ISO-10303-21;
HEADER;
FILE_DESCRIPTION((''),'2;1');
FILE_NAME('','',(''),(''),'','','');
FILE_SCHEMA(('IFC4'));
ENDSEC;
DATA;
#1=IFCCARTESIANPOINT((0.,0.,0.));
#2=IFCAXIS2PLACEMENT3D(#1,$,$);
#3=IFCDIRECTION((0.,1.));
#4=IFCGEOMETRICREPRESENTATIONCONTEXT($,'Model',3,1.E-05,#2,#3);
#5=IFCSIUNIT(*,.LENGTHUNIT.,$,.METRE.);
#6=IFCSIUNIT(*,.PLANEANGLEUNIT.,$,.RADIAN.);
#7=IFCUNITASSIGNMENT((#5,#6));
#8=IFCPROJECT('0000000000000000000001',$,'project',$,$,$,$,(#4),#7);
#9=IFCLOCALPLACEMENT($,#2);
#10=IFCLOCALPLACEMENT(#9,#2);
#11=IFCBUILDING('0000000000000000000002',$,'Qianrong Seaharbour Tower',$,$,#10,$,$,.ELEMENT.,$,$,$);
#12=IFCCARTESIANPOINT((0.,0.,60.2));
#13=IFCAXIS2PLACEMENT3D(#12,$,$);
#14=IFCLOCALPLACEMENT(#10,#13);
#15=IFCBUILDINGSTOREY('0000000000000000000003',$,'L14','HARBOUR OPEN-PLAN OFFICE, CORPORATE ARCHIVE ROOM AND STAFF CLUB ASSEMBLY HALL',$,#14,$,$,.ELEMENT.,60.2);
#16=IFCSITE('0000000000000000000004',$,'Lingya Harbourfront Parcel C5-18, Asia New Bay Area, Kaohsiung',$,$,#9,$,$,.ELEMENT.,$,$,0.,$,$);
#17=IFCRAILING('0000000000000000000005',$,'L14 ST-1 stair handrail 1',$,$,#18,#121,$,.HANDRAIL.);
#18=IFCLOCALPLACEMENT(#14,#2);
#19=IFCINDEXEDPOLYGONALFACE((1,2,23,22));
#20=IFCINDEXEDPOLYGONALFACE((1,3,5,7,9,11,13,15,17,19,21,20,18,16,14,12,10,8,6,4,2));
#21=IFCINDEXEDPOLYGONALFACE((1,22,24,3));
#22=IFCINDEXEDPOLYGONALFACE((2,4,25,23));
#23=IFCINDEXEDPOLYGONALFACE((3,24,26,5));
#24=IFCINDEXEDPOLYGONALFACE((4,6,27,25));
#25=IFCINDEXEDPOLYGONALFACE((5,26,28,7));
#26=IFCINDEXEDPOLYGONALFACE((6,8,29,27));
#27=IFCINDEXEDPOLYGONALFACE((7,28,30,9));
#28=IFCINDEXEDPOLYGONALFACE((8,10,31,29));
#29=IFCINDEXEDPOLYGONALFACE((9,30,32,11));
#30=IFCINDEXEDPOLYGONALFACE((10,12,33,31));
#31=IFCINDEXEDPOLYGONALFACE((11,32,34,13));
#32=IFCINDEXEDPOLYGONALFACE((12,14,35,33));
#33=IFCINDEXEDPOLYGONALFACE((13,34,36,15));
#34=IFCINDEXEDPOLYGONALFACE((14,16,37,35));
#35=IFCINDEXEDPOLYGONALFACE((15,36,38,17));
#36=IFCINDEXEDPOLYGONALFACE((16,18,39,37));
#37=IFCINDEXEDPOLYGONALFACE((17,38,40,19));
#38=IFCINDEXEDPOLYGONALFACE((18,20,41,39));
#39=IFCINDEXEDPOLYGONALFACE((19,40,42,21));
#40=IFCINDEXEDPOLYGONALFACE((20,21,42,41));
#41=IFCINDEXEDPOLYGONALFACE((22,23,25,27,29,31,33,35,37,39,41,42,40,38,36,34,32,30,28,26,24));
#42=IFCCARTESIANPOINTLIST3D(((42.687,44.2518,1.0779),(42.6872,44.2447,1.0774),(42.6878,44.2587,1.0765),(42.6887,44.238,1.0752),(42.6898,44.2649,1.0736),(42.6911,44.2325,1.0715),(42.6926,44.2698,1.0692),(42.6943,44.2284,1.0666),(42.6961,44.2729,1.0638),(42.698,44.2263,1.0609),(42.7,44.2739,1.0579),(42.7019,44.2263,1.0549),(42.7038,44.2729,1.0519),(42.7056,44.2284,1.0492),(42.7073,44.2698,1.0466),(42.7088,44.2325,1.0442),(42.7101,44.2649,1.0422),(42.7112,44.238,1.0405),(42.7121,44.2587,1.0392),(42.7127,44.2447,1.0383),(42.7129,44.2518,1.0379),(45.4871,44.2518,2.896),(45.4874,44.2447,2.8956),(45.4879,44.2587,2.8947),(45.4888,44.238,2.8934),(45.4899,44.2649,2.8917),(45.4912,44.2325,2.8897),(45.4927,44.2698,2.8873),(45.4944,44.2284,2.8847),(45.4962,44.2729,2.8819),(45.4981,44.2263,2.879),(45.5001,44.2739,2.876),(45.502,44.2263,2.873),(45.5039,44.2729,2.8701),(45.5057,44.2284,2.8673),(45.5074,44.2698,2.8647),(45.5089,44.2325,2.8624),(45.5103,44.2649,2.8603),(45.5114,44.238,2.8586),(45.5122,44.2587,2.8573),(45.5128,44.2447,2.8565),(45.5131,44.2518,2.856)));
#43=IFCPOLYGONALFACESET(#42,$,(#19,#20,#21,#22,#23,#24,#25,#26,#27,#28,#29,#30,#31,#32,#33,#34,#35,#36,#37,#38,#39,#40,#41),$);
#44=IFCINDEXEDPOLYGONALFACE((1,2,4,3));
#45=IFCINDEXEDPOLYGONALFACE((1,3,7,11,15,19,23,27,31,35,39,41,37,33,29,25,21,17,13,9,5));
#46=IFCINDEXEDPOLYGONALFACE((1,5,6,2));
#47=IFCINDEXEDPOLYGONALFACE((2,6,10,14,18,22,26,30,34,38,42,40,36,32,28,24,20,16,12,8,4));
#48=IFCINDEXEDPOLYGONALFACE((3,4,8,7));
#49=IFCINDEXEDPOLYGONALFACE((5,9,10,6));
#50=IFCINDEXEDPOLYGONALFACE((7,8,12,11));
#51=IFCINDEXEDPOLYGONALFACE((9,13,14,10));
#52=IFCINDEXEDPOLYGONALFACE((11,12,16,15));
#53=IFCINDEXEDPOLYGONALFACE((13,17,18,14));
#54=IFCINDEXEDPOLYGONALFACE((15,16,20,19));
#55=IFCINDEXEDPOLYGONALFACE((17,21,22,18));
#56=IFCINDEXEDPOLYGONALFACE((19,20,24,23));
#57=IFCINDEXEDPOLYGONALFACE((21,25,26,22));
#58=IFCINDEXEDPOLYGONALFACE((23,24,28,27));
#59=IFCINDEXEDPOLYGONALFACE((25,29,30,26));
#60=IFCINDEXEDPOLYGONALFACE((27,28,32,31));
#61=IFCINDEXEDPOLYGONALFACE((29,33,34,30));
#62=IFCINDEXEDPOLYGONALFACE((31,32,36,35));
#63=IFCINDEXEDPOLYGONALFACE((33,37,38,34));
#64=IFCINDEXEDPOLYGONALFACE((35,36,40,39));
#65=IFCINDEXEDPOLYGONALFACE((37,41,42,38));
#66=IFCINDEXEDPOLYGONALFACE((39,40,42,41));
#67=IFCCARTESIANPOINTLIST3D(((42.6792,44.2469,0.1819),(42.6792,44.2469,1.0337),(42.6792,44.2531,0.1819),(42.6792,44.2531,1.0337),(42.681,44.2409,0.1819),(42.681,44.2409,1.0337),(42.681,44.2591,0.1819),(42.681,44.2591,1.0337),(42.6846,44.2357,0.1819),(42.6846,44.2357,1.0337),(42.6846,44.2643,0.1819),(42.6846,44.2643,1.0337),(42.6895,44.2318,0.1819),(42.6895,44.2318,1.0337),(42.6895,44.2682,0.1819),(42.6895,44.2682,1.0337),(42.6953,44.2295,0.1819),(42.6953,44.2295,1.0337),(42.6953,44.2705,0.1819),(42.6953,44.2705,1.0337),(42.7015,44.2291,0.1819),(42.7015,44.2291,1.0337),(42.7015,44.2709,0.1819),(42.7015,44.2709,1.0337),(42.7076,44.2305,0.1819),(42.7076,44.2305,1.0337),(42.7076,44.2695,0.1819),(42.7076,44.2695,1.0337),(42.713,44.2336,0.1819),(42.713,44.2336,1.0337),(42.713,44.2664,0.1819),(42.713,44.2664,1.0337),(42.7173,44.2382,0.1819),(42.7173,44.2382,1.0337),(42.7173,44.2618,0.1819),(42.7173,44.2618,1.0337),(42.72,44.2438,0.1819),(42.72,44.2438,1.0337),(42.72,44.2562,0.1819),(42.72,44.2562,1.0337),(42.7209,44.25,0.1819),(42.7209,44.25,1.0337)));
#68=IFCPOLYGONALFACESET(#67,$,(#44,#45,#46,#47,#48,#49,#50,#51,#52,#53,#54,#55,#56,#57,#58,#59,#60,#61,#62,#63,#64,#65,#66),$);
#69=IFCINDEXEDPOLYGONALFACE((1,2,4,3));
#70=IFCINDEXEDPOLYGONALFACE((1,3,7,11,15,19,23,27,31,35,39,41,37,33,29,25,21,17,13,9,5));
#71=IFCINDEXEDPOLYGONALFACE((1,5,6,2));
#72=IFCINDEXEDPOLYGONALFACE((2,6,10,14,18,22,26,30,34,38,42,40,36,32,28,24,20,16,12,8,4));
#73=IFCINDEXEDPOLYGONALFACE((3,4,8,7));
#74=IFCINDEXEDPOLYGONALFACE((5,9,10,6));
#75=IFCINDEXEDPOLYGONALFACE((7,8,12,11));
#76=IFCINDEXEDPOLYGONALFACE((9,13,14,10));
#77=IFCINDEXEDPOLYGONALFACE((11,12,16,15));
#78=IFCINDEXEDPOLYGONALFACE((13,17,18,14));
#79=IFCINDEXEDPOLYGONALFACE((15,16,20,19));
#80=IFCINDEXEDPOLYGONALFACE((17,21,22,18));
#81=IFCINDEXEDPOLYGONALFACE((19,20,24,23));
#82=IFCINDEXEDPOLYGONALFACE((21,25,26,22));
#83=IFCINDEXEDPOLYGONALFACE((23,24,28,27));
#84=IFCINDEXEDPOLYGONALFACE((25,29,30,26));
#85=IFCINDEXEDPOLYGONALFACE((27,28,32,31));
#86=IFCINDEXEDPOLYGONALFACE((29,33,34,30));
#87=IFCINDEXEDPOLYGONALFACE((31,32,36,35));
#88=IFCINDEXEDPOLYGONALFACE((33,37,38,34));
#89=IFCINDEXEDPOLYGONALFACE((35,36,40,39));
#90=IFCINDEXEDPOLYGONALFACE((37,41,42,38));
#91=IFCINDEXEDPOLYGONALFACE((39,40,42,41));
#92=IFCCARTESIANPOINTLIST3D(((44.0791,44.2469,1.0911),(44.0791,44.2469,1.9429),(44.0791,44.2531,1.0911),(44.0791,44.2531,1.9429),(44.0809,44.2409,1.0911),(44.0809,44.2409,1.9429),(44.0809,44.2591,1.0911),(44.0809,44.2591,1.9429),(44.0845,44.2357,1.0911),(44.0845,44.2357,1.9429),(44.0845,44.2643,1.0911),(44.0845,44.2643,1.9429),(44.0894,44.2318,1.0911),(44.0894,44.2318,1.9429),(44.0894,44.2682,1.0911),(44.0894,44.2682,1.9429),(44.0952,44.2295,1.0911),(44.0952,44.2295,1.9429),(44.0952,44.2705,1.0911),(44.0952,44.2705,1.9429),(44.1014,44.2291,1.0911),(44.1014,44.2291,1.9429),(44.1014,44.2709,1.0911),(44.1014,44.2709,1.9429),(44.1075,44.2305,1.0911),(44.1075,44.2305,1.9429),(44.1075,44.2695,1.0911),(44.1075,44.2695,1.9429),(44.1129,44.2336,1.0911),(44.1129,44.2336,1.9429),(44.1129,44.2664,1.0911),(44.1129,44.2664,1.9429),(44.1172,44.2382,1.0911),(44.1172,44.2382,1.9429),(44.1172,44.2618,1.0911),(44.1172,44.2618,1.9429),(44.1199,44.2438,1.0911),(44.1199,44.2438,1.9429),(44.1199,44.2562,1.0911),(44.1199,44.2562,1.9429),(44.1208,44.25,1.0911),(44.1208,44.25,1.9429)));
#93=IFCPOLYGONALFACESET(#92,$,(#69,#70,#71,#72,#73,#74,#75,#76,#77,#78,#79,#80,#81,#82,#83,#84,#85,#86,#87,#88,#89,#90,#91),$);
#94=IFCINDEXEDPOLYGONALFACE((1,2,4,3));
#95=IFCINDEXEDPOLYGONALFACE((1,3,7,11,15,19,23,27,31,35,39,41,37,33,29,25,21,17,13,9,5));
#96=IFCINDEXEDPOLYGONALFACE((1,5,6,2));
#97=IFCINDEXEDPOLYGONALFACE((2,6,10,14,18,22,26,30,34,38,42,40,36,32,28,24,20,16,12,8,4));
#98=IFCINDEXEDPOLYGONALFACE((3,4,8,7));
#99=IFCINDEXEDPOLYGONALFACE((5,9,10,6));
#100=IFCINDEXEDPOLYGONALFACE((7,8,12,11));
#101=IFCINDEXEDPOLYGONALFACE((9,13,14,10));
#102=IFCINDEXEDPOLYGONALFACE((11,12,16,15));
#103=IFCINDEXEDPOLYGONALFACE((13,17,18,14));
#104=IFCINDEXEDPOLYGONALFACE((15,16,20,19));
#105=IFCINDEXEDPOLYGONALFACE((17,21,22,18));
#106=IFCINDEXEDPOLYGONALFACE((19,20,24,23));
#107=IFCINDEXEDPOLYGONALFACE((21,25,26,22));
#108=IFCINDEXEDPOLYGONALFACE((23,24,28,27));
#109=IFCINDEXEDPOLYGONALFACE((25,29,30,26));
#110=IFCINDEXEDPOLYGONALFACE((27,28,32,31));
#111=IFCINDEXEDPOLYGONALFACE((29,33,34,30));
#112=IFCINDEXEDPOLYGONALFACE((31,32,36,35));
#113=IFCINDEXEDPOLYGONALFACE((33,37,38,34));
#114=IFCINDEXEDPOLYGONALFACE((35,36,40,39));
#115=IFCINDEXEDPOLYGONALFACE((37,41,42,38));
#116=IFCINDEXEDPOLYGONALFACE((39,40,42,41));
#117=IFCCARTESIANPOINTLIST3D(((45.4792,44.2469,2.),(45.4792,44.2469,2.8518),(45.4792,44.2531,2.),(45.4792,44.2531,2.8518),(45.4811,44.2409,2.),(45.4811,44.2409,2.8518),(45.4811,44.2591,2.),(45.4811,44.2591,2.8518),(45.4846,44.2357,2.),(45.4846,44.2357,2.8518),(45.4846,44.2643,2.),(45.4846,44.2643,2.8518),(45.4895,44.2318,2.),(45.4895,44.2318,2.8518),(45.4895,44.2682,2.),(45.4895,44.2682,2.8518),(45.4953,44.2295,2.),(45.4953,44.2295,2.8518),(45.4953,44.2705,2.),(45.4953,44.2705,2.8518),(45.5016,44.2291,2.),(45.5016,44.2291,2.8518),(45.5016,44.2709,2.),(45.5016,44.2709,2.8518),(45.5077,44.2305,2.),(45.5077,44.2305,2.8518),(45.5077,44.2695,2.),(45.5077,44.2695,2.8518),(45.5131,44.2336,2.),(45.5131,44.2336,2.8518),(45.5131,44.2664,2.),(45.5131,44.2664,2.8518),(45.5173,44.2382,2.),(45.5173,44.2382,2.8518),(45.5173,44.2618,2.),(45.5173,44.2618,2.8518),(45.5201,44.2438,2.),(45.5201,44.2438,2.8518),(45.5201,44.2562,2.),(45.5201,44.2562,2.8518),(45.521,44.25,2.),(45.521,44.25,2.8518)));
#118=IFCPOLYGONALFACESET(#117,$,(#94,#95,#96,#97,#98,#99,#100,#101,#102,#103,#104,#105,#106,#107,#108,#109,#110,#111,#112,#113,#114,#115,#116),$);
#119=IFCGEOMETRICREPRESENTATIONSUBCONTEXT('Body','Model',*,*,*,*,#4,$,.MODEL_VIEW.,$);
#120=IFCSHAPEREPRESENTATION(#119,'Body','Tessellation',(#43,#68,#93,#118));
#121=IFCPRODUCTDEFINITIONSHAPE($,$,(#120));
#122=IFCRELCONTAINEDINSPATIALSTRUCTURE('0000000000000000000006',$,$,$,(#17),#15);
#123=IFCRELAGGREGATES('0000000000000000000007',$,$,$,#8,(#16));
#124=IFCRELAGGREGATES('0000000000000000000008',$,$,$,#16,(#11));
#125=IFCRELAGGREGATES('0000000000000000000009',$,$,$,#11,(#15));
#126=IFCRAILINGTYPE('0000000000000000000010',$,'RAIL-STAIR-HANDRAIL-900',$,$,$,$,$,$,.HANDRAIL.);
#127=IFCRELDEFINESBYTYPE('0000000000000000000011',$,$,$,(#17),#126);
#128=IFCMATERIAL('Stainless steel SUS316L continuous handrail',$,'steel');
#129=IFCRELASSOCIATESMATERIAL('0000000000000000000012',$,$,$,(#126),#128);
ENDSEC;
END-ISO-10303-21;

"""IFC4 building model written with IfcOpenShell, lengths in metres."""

from ifc_helpers import new_model, si_unit, direction, frame, origin, origin_2d, place, context, subcontext, project, spatial, circle, extrude, material, type_object, element, save


model = new_model("IFC4")

# Units and contexts
model_context = context("Model", 3, precision=1e-05, world=origin(), true_north=direction((0.0, 1.0)))
body_context = subcontext(model_context, "Body", "Model", "MODEL_VIEW")
ifc_project = project(units=[si_unit("LENGTHUNIT", "METRE"), si_unit("PLANEANGLEUNIT", "RADIAN")], contexts=[model_context])

# Site, building, storey
site_placement = place(None, origin())
site = spatial("IfcSite", under=ifc_project, at=site_placement, Name="Lingya Harbourfront Parcel C5-18, Asia New Bay Area, Kaohsiung", CompositionType="ELEMENT", RefElevation=0.0)
building_placement = place(site_placement, origin())
building = spatial("IfcBuilding", under=site, at=building_placement, Name="Qianrong Seaharbour Tower", CompositionType="ELEMENT")
storey_placement = place(building_placement, frame((0.0, 0.0, 60.2)))
storey = spatial("IfcBuildingStorey", under=building, at=storey_placement, Name="L14", Description="HARBOUR OPEN-PLAN OFFICE, CORPORATE ARCHIVE ROOM AND STAFF CLUB ASSEMBLY HALL", CompositionType="ELEMENT", Elevation=60.2)

# Railing
ifc_material_1 = material(Name="Stainless steel SUS316L continuous handrail", Category="steel")
railing_type = type_object("IfcRailingType", Name="RAIL-STAIR-HANDRAIL-900", PredefinedType="HANDRAIL", material=ifc_material_1)
railing_placement = place(storey_placement, frame((42.7, 44.25, 0.1819)))
element("IfcRailing", 1, at=railing_placement, inside=storey, type_object=railing_type, Name="L14 ST-1 stair handrail 1", PredefinedType="HANDRAIL", context=body_context, shape_type="SweptSolid", body=[
    extrude(circle(Radius=0.0239, at=origin_2d()), frame((0.0, 0.0, 0.876), z_axis=(0.838706, 0.0, 0.544585), x_axis=(0.0, 1.0, 0.0)), (0.0, 0.0, 1.0), 3.3386),
    extrude(circle(Radius=0.021, at=origin_2d()), origin(), (0.0, 0.0, 1.0), 0.8518),
    extrude(circle(Radius=0.021, at=origin_2d()), frame((1.3999, 0.0, 0.9092)), (0.0, 0.0, 1.0), 0.8518),
    extrude(circle(Radius=0.021, at=origin_2d()), frame((2.8, 0.0, 1.8181)), (0.0, 0.0, 1.0), 0.8518),
])

save(model, "model.ifc")
